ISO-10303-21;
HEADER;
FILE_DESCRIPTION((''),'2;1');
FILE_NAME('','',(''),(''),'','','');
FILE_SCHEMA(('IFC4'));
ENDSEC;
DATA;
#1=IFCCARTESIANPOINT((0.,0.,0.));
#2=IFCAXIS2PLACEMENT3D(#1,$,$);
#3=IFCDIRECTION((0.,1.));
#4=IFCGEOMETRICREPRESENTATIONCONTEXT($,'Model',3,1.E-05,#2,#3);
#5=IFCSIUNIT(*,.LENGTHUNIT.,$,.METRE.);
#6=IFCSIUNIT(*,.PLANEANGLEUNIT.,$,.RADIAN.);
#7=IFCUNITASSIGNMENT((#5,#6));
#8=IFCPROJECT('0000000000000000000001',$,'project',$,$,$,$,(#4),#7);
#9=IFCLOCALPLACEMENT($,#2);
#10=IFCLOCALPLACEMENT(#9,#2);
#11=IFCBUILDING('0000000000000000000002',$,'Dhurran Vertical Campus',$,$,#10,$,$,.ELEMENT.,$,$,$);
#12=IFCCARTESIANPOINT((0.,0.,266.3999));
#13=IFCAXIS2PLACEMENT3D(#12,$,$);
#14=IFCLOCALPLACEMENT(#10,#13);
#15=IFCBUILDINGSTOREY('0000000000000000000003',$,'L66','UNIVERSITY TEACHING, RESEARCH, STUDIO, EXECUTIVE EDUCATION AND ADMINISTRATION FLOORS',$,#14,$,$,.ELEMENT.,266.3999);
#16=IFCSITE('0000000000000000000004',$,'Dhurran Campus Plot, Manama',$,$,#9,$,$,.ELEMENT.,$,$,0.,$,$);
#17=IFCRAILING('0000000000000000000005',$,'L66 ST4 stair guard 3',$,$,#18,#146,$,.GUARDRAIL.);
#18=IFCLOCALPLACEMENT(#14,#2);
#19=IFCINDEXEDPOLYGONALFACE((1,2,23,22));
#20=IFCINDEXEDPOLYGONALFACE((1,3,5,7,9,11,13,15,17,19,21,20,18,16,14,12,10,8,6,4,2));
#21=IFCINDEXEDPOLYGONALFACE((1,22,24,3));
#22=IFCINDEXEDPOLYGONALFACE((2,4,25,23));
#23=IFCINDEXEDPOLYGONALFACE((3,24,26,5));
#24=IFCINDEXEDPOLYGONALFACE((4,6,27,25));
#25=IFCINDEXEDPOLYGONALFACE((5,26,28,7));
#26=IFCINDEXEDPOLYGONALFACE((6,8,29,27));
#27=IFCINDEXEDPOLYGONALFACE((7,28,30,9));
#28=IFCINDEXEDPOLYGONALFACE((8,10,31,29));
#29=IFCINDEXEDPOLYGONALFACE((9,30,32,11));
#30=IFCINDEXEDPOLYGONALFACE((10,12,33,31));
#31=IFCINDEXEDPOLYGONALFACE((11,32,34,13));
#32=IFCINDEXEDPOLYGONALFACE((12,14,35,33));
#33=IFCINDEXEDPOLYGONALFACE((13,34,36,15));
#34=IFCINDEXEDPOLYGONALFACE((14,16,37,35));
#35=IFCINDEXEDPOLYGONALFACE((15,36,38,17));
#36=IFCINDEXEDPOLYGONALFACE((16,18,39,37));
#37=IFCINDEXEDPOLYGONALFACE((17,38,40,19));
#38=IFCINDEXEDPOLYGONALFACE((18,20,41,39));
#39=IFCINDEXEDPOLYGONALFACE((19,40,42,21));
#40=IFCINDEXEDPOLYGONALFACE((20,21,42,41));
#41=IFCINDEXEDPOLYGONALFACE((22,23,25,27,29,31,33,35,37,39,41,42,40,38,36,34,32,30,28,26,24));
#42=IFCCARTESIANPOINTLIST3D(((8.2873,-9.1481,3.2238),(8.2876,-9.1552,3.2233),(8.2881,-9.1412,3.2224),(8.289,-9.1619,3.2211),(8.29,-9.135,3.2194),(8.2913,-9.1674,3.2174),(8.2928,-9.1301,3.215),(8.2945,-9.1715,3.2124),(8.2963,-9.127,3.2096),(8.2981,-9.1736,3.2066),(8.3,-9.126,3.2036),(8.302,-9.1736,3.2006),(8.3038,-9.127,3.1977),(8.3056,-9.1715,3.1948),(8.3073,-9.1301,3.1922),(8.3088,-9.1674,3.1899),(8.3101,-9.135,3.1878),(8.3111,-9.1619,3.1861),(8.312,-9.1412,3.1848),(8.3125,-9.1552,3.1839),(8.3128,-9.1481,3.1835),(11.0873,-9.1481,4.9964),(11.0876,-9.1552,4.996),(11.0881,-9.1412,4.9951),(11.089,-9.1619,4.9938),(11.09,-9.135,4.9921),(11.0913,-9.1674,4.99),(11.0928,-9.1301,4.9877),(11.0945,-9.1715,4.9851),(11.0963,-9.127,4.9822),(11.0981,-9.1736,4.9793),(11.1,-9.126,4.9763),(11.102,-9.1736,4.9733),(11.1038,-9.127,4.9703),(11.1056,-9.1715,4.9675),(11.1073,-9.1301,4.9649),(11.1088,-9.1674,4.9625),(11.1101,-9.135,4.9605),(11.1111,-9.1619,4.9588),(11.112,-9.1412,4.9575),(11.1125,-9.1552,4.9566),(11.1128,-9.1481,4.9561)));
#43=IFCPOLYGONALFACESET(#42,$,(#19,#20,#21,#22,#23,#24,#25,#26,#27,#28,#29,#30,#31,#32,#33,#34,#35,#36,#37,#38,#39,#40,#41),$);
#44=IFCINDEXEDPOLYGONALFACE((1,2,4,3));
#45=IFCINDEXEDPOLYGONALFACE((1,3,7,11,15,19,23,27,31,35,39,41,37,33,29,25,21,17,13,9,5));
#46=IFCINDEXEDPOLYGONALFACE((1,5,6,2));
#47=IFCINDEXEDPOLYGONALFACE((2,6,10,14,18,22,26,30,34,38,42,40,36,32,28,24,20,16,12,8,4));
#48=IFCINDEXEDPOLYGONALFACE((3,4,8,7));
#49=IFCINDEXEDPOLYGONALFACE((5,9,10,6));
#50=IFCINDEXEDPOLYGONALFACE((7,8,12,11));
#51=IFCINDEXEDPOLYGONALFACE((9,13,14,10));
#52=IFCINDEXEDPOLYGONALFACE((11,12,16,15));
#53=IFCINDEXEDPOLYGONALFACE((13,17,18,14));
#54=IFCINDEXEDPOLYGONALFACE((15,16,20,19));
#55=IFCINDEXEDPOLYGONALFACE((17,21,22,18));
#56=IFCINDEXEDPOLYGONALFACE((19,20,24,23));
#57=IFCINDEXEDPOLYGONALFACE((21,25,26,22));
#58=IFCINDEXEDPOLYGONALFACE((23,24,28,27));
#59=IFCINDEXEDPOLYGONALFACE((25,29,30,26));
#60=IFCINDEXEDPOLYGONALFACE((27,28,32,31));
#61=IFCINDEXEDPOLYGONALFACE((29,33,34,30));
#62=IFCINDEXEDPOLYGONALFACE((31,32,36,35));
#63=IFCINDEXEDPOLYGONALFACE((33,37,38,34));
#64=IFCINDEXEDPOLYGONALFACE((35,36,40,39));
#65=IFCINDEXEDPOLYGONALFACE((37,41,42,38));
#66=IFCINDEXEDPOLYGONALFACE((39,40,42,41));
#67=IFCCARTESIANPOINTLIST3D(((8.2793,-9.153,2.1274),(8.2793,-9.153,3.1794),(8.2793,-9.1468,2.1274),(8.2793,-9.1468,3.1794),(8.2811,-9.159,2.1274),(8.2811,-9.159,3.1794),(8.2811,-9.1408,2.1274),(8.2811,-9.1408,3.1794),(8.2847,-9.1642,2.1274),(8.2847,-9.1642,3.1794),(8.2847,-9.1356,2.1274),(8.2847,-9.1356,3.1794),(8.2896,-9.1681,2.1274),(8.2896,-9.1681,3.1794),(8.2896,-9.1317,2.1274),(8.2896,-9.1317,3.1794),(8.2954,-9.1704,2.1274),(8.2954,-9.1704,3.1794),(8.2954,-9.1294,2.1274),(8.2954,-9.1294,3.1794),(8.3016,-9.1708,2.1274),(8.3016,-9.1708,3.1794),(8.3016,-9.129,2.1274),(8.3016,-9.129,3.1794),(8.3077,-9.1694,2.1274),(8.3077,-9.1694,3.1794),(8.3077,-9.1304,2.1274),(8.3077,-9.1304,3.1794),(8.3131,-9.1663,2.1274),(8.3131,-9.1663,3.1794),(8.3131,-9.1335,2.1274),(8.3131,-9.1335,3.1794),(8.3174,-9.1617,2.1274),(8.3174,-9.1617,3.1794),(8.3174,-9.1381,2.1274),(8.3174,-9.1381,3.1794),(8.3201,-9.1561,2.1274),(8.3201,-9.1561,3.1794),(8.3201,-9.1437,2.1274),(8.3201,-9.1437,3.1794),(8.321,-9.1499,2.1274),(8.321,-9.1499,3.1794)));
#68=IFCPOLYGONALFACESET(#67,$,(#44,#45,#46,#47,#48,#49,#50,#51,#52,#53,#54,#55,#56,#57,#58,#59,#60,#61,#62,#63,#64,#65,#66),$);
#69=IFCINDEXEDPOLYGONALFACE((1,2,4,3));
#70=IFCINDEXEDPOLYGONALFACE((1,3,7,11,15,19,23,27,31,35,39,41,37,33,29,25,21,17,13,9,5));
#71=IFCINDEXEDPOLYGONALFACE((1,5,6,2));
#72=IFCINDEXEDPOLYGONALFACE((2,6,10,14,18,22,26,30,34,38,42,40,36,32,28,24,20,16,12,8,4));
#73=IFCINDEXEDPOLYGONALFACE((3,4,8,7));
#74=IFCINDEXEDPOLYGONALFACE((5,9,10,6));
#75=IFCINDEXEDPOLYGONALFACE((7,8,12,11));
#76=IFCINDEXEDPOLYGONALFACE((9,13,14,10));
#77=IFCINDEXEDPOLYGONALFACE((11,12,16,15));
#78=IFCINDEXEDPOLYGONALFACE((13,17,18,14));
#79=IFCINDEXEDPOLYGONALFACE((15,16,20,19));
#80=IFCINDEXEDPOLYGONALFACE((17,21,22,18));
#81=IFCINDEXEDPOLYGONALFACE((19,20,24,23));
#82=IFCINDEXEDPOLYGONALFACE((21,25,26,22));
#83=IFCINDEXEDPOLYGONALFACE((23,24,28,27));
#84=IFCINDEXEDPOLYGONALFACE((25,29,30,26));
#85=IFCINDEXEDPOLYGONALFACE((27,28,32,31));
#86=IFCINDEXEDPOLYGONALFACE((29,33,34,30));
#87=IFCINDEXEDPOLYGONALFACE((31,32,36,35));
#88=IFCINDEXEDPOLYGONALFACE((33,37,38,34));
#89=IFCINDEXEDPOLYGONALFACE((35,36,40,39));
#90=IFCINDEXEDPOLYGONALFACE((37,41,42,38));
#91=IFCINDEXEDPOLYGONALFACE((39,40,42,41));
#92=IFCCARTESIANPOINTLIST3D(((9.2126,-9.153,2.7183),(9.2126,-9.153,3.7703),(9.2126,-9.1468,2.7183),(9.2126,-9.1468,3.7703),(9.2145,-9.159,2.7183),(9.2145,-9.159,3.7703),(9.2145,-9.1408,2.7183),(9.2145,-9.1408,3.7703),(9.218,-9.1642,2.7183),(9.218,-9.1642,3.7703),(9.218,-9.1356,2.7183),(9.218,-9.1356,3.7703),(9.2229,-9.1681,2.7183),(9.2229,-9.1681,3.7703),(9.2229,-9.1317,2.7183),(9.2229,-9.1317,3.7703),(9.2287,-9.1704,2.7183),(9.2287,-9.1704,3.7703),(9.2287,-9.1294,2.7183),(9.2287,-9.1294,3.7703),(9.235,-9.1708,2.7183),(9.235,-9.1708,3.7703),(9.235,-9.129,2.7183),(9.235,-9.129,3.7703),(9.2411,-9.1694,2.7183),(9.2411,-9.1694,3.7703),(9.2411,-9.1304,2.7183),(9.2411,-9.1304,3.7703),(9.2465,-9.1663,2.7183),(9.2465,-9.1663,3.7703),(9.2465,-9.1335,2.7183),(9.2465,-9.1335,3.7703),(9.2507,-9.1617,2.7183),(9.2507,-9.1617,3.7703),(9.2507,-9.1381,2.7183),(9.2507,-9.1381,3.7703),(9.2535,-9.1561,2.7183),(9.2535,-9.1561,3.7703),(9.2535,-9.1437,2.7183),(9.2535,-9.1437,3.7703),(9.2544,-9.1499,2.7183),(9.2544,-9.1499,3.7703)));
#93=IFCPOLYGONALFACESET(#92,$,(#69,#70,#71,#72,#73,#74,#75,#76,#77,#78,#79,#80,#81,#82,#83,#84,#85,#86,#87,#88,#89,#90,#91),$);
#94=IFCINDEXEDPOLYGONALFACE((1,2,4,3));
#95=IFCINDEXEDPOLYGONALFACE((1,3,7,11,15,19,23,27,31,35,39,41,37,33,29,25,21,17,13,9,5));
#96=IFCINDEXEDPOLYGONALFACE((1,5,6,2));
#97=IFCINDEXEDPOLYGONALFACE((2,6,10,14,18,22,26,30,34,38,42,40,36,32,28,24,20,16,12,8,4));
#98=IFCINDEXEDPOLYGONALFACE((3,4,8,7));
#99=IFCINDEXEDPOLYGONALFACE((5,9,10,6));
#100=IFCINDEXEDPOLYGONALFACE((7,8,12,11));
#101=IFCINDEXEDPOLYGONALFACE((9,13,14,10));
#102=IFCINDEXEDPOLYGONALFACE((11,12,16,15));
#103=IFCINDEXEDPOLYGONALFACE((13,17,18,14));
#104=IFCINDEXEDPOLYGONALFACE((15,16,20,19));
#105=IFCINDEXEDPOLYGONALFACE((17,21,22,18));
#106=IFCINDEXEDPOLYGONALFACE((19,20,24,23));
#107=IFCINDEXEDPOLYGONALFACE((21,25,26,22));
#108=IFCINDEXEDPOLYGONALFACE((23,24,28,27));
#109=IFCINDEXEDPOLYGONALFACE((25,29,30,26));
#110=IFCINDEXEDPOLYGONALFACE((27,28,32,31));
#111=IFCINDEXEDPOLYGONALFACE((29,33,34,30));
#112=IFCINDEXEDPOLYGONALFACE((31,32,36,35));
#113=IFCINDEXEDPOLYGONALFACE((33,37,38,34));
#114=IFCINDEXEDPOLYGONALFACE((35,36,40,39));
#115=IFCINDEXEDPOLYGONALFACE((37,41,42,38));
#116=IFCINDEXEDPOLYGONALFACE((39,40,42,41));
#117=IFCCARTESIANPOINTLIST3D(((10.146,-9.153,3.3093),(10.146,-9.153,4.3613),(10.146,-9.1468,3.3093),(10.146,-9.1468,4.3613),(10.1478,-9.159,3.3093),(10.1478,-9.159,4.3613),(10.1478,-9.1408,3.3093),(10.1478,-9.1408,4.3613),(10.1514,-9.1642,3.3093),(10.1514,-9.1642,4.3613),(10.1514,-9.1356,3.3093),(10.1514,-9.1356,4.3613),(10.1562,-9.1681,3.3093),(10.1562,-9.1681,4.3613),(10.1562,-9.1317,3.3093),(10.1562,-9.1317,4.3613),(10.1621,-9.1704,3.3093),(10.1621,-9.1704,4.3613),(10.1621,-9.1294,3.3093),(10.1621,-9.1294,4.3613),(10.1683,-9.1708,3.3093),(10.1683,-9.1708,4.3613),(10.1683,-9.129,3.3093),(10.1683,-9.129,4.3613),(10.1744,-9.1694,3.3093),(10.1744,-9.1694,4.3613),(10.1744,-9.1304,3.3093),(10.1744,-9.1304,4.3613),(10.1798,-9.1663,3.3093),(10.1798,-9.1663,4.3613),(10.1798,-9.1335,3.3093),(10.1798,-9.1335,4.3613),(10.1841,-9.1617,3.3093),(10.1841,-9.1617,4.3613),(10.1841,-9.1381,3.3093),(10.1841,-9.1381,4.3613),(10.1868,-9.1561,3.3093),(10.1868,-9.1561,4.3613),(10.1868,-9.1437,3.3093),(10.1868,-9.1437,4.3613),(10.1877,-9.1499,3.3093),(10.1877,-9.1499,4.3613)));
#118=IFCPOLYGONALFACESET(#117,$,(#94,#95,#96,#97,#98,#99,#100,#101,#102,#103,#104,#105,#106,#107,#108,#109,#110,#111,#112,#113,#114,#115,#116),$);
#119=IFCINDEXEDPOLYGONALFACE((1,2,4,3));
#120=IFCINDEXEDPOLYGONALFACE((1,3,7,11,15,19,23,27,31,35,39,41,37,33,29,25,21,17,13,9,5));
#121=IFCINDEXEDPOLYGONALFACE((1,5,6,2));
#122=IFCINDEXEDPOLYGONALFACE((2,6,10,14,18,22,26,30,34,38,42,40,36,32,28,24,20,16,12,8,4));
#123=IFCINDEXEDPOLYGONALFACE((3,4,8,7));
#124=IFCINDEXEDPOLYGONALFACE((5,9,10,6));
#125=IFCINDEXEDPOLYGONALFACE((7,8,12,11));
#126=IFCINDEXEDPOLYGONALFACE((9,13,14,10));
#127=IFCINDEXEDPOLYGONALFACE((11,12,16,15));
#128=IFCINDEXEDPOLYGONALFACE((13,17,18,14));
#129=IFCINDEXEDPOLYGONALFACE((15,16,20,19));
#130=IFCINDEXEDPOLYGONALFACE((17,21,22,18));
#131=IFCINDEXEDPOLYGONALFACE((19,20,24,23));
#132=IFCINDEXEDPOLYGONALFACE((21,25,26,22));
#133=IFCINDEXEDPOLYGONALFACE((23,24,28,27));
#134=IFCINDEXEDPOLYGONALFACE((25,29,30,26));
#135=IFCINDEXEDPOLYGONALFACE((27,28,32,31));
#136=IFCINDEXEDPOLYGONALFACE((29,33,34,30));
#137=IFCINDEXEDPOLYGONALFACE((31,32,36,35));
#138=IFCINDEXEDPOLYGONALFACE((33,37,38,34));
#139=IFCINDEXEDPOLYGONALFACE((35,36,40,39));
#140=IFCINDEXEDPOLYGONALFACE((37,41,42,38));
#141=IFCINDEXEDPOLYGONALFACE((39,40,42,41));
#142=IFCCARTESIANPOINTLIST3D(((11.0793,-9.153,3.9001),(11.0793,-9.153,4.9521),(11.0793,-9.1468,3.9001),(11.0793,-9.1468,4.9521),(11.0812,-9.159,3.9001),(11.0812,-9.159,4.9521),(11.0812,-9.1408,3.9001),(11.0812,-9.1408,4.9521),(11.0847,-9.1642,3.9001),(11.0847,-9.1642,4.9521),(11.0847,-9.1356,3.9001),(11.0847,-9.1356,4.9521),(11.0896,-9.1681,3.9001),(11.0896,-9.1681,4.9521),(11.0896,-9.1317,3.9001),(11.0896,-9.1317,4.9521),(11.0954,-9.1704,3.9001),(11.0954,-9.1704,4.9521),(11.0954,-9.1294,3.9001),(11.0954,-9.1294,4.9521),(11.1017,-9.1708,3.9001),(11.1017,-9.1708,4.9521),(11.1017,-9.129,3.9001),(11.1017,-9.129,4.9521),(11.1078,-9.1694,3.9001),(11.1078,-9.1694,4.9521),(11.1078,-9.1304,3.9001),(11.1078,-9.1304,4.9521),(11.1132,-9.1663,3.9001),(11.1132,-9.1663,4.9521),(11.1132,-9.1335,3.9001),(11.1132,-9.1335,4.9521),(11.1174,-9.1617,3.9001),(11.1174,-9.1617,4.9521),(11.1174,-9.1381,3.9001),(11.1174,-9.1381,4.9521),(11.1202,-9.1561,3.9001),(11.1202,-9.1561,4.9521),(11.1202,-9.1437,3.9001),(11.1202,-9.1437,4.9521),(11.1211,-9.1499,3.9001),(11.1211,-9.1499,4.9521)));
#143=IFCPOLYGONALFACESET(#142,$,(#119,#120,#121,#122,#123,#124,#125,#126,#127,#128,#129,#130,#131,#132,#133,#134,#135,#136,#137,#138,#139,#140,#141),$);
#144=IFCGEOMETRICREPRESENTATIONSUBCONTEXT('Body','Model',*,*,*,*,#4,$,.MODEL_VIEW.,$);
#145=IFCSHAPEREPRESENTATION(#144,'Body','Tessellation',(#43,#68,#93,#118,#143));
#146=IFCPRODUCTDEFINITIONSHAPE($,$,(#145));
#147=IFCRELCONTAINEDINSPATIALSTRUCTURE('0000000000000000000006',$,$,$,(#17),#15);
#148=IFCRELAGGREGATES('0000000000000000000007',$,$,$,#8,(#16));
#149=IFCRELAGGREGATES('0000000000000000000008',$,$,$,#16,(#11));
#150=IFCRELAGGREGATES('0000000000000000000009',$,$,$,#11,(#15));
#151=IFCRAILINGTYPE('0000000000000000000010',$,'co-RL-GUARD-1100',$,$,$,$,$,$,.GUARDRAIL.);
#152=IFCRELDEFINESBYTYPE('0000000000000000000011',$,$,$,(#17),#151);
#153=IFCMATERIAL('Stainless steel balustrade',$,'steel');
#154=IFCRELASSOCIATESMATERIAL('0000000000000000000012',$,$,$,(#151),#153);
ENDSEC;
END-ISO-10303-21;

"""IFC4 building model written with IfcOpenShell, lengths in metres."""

from ifc_helpers import new_model, si_unit, direction, frame, origin, origin_2d, place, context, subcontext, project, spatial, circle, extrude, material, type_object, element, save


model = new_model("IFC4")

# Units and contexts
model_context = context("Model", 3, precision=1e-05, world=origin(), true_north=direction((0.0, 1.0)))
body_context = subcontext(model_context, "Body", "Model", "MODEL_VIEW")
ifc_project = project(units=[si_unit("LENGTHUNIT", "METRE"), si_unit("PLANEANGLEUNIT", "RADIAN")], contexts=[model_context])

# Site, building, storey
site_placement = place(None, origin())
site = spatial("IfcSite", under=ifc_project, at=site_placement, Name="Dhurran Campus Plot, Manama", CompositionType="ELEMENT", RefElevation=0.0)
building_placement = place(site_placement, origin())
building = spatial("IfcBuilding", under=site, at=building_placement, Name="Dhurran Vertical Campus", CompositionType="ELEMENT")
storey_placement = place(building_placement, frame((0.0, 0.0, 266.3999)))
storey = spatial("IfcBuildingStorey", under=building, at=storey_placement, Name="L66", Description="UNIVERSITY TEACHING, RESEARCH, STUDIO, EXECUTIVE EDUCATION AND ADMINISTRATION FLOORS", CompositionType="ELEMENT", Elevation=266.3999)

# Railing
ifc_material_1 = material(Name="Stainless steel balustrade", Category="steel")
railing_type_1 = type_object("IfcRailingType", Name="co-RL-GUARD-1100", PredefinedType="GUARDRAIL", material=ifc_material_1)
railing_1_placement = place(storey_placement, frame((8.3, -9.1499, 2.1274)))
element("IfcRailing", 1, at=railing_1_placement, inside=storey, type_object=railing_type_1, Name="L66 ST4 stair guard 3", PredefinedType="GUARDRAIL", context=body_context, shape_type="SweptSolid", body=[
    extrude(circle(Radius=0.0239, at=origin_2d()), frame((0.0, 0.0, 1.0762), z_axis=(0.844909, 0.0, 0.53491), x_axis=(0.0, 1.0, 0.0)), (0.0, 0.0, 1.0), 3.314),
    extrude(circle(Radius=0.021, at=origin_2d()), origin(), (0.0, 0.0, 1.0), 1.052),
    extrude(circle(Radius=0.021, at=origin_2d()), frame((0.9333, 0.0, 0.5908)), (0.0, 0.0, 1.0), 1.052),
    extrude(circle(Radius=0.021, at=origin_2d()), frame((1.8667, 0.0, 1.1819)), (0.0, 0.0, 1.0), 1.052),
    extrude(circle(Radius=0.021, at=origin_2d()), frame((2.8, 0.0, 1.7727)), (0.0, 0.0, 1.0), 1.052),
])

save(model, "model.ifc")
